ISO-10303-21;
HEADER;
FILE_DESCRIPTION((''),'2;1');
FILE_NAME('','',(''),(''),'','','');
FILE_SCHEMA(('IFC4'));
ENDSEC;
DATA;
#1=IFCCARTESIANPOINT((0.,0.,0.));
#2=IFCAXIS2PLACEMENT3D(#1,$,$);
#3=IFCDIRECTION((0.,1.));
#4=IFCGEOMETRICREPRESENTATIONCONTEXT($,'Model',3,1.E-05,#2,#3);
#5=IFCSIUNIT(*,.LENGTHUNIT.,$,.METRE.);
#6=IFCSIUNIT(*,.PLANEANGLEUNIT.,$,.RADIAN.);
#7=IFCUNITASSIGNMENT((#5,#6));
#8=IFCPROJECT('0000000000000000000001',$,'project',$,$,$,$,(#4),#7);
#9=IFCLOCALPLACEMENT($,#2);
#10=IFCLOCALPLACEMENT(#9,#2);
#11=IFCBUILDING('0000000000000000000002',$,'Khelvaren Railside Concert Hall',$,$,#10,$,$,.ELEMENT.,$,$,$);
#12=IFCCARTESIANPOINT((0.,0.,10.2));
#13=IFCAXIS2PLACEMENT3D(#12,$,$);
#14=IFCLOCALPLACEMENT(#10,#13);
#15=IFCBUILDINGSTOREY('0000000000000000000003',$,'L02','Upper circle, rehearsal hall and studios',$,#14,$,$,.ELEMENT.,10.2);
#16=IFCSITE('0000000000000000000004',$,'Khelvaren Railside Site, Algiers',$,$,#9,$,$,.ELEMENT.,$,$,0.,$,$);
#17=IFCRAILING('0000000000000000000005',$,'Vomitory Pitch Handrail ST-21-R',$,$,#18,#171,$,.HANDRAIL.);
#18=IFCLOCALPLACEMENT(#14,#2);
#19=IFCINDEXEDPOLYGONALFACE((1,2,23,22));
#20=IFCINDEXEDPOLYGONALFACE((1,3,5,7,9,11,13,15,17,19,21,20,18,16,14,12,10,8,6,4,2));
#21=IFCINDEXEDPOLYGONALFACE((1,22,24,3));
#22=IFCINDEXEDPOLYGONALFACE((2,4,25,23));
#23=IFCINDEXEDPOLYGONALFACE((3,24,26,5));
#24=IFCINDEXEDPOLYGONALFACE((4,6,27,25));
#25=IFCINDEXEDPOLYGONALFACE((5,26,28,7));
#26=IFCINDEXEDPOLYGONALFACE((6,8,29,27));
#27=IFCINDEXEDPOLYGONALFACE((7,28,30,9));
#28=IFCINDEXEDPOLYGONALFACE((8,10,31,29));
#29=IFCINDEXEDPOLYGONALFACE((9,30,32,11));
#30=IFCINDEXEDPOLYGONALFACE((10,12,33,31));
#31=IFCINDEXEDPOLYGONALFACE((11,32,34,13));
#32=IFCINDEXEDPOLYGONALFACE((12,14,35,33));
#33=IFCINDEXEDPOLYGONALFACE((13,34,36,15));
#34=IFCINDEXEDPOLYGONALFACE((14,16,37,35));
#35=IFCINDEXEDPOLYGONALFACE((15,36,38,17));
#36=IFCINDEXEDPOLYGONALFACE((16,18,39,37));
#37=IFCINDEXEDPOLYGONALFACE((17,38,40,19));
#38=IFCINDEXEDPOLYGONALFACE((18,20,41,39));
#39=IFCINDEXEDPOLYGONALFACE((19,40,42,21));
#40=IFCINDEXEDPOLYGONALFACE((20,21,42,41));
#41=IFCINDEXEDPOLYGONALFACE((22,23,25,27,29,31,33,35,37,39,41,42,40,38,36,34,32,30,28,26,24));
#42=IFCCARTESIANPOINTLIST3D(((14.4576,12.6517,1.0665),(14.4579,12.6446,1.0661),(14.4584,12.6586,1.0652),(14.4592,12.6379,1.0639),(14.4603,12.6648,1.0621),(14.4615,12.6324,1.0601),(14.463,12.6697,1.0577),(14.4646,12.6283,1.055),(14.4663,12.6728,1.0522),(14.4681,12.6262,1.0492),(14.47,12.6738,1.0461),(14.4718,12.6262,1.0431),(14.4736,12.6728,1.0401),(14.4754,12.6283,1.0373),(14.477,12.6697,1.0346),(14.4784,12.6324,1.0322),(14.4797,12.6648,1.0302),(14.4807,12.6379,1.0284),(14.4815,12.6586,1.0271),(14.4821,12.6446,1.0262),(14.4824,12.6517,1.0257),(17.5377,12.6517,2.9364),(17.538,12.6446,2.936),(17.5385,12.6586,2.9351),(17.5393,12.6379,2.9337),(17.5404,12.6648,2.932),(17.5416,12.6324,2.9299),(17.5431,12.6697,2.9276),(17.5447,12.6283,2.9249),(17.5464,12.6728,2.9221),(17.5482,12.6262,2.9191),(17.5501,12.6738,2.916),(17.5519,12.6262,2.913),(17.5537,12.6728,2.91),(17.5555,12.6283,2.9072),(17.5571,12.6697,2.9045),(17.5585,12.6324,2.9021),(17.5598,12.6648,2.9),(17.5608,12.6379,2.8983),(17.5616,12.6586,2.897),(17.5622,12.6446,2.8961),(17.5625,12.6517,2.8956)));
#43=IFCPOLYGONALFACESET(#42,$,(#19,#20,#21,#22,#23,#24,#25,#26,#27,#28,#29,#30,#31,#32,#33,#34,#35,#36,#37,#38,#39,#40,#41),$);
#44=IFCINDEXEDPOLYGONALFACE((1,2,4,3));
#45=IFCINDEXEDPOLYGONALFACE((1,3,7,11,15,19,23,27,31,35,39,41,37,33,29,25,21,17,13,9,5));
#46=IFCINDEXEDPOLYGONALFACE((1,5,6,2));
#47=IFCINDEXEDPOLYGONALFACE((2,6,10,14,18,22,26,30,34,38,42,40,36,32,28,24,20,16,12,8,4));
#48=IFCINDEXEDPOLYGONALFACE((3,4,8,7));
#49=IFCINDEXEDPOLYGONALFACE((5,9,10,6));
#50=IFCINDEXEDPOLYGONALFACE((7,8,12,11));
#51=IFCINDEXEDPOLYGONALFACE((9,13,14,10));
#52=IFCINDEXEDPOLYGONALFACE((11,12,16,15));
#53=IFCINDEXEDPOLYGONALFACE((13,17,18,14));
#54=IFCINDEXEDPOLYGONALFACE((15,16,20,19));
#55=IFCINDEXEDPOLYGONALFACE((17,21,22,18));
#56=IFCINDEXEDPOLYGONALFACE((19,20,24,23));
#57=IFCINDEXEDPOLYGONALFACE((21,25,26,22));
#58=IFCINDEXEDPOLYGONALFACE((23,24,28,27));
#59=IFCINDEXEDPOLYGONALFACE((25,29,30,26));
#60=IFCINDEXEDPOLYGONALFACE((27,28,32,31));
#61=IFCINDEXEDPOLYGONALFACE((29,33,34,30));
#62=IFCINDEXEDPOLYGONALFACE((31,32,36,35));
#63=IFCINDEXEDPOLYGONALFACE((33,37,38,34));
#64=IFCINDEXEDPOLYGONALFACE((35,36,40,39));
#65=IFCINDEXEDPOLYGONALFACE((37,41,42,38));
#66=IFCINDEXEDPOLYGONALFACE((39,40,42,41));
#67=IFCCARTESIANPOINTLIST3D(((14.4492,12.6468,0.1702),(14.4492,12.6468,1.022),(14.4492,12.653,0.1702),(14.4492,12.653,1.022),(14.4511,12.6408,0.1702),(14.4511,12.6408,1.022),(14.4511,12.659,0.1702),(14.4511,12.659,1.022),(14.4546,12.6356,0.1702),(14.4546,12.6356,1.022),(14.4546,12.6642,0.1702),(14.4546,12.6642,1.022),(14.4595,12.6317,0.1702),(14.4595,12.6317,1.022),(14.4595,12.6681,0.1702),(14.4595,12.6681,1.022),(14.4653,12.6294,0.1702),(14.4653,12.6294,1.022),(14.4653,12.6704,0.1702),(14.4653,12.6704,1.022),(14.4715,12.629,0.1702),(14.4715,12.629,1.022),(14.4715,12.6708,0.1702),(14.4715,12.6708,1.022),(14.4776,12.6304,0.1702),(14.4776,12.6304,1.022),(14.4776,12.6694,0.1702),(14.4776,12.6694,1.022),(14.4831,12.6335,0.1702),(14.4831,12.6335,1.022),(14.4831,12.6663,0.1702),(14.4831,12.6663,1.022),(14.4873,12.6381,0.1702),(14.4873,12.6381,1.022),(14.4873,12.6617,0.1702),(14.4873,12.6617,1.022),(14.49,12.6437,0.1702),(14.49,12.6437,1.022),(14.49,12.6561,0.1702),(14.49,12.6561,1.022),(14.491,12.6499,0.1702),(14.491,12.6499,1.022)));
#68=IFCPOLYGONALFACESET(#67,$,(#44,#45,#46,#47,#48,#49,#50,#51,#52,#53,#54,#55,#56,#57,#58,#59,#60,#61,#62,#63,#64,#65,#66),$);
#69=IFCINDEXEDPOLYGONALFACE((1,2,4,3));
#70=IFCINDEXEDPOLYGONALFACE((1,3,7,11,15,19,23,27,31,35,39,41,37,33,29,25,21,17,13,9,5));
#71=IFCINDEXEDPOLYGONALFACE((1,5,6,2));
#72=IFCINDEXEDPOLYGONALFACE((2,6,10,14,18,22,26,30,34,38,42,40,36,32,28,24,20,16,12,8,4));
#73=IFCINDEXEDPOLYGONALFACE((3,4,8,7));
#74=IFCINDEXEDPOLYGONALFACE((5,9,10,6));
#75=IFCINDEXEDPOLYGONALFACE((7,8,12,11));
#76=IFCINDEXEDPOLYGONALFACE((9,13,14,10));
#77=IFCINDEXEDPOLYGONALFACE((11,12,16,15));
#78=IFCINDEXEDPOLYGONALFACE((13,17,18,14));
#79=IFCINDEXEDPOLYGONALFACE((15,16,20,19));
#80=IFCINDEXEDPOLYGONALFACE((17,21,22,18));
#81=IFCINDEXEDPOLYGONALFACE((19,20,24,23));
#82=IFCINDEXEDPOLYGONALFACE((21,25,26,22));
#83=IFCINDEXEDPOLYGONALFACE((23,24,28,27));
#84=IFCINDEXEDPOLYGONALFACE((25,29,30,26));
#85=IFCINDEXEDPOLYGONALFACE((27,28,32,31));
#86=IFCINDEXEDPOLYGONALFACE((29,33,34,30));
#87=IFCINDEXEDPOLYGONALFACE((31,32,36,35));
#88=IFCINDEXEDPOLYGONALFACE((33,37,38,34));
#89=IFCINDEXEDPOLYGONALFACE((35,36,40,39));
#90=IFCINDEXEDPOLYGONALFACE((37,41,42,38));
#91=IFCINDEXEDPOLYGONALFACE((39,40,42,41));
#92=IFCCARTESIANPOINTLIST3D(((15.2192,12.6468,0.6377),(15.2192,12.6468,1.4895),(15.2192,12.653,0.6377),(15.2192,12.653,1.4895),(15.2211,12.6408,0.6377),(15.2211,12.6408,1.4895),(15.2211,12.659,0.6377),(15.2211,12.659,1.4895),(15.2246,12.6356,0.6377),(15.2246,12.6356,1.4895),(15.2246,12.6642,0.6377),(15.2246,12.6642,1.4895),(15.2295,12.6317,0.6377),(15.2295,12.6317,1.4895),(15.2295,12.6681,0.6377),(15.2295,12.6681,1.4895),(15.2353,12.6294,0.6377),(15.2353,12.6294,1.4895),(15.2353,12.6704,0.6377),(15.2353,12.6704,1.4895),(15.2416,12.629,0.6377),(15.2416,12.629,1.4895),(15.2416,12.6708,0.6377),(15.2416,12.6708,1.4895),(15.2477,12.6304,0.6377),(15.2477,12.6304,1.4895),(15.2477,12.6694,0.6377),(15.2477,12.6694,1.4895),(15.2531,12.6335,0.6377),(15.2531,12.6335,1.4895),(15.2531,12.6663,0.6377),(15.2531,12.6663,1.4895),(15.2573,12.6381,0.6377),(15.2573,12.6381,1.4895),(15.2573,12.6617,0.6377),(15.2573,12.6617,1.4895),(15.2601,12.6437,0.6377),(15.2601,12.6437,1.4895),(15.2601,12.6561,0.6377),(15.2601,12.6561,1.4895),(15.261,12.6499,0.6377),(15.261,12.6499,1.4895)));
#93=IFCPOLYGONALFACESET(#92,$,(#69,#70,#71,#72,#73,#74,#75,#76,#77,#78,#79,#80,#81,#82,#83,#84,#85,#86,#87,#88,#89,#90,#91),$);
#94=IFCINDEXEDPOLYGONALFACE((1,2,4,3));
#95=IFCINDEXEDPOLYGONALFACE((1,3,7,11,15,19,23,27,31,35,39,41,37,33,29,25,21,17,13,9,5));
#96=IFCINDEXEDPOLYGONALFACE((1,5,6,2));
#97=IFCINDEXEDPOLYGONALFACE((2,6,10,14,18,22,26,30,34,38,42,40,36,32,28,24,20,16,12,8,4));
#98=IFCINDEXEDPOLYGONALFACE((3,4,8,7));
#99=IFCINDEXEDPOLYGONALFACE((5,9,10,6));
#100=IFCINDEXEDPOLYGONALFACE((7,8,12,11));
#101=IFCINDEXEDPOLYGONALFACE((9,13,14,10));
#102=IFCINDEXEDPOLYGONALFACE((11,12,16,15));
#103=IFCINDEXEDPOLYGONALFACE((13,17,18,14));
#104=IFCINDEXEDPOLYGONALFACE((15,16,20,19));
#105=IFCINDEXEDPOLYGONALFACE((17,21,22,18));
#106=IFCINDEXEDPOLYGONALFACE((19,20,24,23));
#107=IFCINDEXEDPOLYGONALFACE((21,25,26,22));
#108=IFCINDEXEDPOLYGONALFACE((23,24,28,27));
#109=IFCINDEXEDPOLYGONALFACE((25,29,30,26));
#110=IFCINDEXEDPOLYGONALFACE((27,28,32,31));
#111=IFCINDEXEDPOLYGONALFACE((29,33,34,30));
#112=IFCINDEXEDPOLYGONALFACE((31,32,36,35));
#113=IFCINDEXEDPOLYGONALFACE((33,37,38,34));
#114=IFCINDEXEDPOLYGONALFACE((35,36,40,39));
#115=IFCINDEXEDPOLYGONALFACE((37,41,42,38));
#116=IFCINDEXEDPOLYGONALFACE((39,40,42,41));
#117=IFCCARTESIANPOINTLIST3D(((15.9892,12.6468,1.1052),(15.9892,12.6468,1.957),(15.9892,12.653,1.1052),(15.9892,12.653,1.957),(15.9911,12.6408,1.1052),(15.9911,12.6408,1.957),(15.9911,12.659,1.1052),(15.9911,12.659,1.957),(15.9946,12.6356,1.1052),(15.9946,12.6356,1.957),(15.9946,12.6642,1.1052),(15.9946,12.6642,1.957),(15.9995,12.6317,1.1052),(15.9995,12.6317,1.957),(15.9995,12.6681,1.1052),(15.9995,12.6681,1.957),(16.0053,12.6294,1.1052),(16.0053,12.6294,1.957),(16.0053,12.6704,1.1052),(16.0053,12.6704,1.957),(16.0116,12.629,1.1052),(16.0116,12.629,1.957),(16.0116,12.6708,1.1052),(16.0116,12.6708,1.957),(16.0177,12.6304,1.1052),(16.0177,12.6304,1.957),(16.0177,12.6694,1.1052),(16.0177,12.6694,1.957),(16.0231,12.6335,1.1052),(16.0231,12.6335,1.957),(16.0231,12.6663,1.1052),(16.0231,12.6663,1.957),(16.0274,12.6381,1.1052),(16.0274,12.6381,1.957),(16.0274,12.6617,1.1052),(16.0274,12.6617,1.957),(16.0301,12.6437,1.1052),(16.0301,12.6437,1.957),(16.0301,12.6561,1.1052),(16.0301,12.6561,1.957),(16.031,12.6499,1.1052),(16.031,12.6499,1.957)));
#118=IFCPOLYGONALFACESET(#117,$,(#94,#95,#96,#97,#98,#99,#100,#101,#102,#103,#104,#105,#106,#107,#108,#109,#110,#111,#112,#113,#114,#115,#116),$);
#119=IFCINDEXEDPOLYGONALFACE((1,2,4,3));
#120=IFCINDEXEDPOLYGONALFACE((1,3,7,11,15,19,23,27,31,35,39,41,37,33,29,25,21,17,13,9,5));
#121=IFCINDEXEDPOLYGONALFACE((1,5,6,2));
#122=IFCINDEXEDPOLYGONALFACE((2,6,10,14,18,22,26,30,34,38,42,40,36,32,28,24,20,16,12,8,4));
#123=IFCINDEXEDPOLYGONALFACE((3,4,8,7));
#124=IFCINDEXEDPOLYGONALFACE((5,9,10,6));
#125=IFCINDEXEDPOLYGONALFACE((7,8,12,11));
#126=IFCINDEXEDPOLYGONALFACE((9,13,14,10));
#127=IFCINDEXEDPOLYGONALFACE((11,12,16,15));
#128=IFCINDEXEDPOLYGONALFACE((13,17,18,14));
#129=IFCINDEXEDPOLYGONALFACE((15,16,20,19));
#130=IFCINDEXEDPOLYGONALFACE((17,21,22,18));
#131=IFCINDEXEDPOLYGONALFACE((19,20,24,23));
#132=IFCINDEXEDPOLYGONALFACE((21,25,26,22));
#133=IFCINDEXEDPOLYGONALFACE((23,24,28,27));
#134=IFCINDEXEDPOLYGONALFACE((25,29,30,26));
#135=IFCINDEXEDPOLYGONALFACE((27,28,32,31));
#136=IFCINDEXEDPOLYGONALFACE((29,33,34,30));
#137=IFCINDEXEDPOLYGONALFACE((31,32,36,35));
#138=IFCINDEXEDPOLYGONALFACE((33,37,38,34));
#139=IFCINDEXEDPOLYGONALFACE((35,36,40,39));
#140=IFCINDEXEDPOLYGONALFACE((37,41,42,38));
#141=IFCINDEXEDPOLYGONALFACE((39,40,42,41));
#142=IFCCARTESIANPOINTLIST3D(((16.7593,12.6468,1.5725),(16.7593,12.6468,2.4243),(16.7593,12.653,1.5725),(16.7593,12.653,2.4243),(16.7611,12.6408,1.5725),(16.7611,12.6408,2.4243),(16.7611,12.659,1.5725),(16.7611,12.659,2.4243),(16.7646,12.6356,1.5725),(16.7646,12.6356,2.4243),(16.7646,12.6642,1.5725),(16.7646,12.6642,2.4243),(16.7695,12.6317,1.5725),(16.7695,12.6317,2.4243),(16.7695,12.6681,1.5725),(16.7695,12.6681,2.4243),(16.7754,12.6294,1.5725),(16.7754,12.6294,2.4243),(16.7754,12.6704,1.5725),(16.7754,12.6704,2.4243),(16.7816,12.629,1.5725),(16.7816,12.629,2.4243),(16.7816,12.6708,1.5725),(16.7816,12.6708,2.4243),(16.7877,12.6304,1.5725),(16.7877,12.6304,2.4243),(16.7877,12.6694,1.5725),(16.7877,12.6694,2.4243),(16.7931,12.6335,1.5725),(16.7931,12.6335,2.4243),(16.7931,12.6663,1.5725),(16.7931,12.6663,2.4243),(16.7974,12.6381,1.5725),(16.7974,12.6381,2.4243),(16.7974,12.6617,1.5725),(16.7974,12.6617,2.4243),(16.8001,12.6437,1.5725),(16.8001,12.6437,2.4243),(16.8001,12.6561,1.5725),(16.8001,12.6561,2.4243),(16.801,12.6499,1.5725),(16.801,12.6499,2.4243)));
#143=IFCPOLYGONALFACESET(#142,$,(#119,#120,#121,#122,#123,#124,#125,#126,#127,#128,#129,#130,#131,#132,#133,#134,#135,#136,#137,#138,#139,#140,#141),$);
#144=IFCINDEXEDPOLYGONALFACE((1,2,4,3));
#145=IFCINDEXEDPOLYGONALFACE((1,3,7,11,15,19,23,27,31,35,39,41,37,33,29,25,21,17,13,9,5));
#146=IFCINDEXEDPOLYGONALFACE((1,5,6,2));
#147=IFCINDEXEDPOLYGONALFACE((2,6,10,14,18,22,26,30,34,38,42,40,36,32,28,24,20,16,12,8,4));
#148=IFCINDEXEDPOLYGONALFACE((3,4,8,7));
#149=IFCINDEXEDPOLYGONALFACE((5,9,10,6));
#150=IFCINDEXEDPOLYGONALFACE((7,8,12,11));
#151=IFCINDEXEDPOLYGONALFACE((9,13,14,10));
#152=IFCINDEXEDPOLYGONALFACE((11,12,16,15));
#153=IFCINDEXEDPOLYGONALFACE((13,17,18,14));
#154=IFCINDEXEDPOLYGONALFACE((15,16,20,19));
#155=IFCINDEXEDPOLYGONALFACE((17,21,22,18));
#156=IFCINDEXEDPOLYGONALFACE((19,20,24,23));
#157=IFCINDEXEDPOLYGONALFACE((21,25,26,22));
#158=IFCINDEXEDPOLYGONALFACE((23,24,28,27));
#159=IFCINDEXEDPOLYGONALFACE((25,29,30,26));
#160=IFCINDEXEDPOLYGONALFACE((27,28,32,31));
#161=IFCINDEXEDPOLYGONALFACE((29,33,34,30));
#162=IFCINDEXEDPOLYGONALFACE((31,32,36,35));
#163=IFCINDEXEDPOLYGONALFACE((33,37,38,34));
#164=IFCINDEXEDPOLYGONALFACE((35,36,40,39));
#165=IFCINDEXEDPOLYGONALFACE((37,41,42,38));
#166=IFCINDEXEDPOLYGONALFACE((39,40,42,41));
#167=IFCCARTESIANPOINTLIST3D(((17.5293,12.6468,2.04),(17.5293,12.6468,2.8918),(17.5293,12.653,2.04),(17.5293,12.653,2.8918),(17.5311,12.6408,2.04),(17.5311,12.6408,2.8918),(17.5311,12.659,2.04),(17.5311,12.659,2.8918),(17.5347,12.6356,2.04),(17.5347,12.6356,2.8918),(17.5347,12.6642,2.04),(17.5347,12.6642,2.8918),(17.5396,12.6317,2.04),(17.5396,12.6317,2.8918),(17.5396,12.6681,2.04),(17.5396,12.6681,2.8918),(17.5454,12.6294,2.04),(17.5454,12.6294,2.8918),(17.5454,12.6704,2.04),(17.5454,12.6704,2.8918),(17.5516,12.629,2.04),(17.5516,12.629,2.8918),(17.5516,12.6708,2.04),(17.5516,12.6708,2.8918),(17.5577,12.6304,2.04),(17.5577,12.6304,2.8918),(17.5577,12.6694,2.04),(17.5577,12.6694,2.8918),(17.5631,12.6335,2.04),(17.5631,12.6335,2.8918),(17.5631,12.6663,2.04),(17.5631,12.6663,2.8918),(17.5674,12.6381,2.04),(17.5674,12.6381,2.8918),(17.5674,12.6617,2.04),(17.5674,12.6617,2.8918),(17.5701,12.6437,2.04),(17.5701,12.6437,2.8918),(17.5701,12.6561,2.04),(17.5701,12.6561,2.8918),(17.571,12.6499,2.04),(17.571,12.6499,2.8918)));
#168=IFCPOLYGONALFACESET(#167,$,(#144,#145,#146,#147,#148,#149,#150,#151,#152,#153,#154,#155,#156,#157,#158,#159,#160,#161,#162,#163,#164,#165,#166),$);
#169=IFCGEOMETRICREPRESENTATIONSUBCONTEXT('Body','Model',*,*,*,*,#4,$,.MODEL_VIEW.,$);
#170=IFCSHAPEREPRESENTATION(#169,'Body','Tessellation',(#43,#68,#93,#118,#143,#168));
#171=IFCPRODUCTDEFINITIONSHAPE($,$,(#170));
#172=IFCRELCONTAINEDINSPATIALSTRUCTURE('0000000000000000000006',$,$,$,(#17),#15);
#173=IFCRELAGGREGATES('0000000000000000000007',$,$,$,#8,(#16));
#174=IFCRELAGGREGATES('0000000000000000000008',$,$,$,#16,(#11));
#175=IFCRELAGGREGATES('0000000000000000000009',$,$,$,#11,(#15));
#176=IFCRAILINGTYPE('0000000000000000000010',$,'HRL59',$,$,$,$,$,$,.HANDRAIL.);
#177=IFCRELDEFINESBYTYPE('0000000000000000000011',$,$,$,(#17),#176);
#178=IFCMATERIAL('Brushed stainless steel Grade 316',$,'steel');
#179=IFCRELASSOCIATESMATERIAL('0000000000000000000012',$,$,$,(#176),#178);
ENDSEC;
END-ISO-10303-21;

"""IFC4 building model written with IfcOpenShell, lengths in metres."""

from ifc_helpers import new_model, si_unit, direction, frame, origin, origin_2d, place, context, subcontext, project, spatial, circle, extrude, material, type_object, element, save


model = new_model("IFC4")

# Units and contexts
model_context = context("Model", 3, precision=1e-05, world=origin(), true_north=direction((0.0, 1.0)))
body_context = subcontext(model_context, "Body", "Model", "MODEL_VIEW")
ifc_project = project(units=[si_unit("LENGTHUNIT", "METRE"), si_unit("PLANEANGLEUNIT", "RADIAN")], contexts=[model_context])

# Site, building, storey
site_placement = place(None, origin())
site = spatial("IfcSite", under=ifc_project, at=site_placement, Name="Khelvaren Railside Site, Algiers", CompositionType="ELEMENT", RefElevation=0.0)
building_placement = place(site_placement, origin())
building = spatial("IfcBuilding", under=site, at=building_placement, Name="Khelvaren Railside Concert Hall", CompositionType="ELEMENT")
storey_placement = place(building_placement, frame((0.0, 0.0, 10.2)))
storey = spatial("IfcBuildingStorey", under=building, at=storey_placement, Name="L02", Description="Upper circle, rehearsal hall and studios", CompositionType="ELEMENT", Elevation=10.2)

# Railing
ifc_material_1 = material(Name="Brushed stainless steel Grade 316", Category="steel")
railing_type_1 = type_object("IfcRailingType", Name="HRL59", PredefinedType="HANDRAIL", material=ifc_material_1)
for number, where, name in (
    (1, (14.47, 12.6499, 0.1702), "Vomitory Pitch Handrail ST-21-R"),
):
    element("IfcRailing", number, at=place(storey_placement, frame(where)), inside=storey, type_object=railing_type_1, Name=name, PredefinedType="HANDRAIL", context=body_context, shape_type="SweptSolid", body=[
        extrude(circle(Radius=0.0239, at=origin_2d()), frame((0.0, 0.0, 0.876), z_axis=(0.854809, 0.0, 0.518943), x_axis=(0.0, 1.0, 0.0)), (0.0, 0.0, 1.0), 3.6033),
        extrude(circle(Radius=0.021, at=origin_2d()), origin(), (0.0, 0.0, 1.0), 0.8518),
        extrude(circle(Radius=0.021, at=origin_2d()), frame((0.77, 0.0, 0.4675)), (0.0, 0.0, 1.0), 0.8518),
        extrude(circle(Radius=0.021, at=origin_2d()), frame((1.54, 0.0, 0.9351)), (0.0, 0.0, 1.0), 0.8518),
        extrude(circle(Radius=0.021, at=origin_2d()), frame((2.3101, 0.0, 1.4023)), (0.0, 0.0, 1.0), 0.8518),
        extrude(circle(Radius=0.021, at=origin_2d()), frame((3.0801, 0.0, 1.8699)), (0.0, 0.0, 1.0), 0.8518),
    ])

save(model, "model.ifc")
